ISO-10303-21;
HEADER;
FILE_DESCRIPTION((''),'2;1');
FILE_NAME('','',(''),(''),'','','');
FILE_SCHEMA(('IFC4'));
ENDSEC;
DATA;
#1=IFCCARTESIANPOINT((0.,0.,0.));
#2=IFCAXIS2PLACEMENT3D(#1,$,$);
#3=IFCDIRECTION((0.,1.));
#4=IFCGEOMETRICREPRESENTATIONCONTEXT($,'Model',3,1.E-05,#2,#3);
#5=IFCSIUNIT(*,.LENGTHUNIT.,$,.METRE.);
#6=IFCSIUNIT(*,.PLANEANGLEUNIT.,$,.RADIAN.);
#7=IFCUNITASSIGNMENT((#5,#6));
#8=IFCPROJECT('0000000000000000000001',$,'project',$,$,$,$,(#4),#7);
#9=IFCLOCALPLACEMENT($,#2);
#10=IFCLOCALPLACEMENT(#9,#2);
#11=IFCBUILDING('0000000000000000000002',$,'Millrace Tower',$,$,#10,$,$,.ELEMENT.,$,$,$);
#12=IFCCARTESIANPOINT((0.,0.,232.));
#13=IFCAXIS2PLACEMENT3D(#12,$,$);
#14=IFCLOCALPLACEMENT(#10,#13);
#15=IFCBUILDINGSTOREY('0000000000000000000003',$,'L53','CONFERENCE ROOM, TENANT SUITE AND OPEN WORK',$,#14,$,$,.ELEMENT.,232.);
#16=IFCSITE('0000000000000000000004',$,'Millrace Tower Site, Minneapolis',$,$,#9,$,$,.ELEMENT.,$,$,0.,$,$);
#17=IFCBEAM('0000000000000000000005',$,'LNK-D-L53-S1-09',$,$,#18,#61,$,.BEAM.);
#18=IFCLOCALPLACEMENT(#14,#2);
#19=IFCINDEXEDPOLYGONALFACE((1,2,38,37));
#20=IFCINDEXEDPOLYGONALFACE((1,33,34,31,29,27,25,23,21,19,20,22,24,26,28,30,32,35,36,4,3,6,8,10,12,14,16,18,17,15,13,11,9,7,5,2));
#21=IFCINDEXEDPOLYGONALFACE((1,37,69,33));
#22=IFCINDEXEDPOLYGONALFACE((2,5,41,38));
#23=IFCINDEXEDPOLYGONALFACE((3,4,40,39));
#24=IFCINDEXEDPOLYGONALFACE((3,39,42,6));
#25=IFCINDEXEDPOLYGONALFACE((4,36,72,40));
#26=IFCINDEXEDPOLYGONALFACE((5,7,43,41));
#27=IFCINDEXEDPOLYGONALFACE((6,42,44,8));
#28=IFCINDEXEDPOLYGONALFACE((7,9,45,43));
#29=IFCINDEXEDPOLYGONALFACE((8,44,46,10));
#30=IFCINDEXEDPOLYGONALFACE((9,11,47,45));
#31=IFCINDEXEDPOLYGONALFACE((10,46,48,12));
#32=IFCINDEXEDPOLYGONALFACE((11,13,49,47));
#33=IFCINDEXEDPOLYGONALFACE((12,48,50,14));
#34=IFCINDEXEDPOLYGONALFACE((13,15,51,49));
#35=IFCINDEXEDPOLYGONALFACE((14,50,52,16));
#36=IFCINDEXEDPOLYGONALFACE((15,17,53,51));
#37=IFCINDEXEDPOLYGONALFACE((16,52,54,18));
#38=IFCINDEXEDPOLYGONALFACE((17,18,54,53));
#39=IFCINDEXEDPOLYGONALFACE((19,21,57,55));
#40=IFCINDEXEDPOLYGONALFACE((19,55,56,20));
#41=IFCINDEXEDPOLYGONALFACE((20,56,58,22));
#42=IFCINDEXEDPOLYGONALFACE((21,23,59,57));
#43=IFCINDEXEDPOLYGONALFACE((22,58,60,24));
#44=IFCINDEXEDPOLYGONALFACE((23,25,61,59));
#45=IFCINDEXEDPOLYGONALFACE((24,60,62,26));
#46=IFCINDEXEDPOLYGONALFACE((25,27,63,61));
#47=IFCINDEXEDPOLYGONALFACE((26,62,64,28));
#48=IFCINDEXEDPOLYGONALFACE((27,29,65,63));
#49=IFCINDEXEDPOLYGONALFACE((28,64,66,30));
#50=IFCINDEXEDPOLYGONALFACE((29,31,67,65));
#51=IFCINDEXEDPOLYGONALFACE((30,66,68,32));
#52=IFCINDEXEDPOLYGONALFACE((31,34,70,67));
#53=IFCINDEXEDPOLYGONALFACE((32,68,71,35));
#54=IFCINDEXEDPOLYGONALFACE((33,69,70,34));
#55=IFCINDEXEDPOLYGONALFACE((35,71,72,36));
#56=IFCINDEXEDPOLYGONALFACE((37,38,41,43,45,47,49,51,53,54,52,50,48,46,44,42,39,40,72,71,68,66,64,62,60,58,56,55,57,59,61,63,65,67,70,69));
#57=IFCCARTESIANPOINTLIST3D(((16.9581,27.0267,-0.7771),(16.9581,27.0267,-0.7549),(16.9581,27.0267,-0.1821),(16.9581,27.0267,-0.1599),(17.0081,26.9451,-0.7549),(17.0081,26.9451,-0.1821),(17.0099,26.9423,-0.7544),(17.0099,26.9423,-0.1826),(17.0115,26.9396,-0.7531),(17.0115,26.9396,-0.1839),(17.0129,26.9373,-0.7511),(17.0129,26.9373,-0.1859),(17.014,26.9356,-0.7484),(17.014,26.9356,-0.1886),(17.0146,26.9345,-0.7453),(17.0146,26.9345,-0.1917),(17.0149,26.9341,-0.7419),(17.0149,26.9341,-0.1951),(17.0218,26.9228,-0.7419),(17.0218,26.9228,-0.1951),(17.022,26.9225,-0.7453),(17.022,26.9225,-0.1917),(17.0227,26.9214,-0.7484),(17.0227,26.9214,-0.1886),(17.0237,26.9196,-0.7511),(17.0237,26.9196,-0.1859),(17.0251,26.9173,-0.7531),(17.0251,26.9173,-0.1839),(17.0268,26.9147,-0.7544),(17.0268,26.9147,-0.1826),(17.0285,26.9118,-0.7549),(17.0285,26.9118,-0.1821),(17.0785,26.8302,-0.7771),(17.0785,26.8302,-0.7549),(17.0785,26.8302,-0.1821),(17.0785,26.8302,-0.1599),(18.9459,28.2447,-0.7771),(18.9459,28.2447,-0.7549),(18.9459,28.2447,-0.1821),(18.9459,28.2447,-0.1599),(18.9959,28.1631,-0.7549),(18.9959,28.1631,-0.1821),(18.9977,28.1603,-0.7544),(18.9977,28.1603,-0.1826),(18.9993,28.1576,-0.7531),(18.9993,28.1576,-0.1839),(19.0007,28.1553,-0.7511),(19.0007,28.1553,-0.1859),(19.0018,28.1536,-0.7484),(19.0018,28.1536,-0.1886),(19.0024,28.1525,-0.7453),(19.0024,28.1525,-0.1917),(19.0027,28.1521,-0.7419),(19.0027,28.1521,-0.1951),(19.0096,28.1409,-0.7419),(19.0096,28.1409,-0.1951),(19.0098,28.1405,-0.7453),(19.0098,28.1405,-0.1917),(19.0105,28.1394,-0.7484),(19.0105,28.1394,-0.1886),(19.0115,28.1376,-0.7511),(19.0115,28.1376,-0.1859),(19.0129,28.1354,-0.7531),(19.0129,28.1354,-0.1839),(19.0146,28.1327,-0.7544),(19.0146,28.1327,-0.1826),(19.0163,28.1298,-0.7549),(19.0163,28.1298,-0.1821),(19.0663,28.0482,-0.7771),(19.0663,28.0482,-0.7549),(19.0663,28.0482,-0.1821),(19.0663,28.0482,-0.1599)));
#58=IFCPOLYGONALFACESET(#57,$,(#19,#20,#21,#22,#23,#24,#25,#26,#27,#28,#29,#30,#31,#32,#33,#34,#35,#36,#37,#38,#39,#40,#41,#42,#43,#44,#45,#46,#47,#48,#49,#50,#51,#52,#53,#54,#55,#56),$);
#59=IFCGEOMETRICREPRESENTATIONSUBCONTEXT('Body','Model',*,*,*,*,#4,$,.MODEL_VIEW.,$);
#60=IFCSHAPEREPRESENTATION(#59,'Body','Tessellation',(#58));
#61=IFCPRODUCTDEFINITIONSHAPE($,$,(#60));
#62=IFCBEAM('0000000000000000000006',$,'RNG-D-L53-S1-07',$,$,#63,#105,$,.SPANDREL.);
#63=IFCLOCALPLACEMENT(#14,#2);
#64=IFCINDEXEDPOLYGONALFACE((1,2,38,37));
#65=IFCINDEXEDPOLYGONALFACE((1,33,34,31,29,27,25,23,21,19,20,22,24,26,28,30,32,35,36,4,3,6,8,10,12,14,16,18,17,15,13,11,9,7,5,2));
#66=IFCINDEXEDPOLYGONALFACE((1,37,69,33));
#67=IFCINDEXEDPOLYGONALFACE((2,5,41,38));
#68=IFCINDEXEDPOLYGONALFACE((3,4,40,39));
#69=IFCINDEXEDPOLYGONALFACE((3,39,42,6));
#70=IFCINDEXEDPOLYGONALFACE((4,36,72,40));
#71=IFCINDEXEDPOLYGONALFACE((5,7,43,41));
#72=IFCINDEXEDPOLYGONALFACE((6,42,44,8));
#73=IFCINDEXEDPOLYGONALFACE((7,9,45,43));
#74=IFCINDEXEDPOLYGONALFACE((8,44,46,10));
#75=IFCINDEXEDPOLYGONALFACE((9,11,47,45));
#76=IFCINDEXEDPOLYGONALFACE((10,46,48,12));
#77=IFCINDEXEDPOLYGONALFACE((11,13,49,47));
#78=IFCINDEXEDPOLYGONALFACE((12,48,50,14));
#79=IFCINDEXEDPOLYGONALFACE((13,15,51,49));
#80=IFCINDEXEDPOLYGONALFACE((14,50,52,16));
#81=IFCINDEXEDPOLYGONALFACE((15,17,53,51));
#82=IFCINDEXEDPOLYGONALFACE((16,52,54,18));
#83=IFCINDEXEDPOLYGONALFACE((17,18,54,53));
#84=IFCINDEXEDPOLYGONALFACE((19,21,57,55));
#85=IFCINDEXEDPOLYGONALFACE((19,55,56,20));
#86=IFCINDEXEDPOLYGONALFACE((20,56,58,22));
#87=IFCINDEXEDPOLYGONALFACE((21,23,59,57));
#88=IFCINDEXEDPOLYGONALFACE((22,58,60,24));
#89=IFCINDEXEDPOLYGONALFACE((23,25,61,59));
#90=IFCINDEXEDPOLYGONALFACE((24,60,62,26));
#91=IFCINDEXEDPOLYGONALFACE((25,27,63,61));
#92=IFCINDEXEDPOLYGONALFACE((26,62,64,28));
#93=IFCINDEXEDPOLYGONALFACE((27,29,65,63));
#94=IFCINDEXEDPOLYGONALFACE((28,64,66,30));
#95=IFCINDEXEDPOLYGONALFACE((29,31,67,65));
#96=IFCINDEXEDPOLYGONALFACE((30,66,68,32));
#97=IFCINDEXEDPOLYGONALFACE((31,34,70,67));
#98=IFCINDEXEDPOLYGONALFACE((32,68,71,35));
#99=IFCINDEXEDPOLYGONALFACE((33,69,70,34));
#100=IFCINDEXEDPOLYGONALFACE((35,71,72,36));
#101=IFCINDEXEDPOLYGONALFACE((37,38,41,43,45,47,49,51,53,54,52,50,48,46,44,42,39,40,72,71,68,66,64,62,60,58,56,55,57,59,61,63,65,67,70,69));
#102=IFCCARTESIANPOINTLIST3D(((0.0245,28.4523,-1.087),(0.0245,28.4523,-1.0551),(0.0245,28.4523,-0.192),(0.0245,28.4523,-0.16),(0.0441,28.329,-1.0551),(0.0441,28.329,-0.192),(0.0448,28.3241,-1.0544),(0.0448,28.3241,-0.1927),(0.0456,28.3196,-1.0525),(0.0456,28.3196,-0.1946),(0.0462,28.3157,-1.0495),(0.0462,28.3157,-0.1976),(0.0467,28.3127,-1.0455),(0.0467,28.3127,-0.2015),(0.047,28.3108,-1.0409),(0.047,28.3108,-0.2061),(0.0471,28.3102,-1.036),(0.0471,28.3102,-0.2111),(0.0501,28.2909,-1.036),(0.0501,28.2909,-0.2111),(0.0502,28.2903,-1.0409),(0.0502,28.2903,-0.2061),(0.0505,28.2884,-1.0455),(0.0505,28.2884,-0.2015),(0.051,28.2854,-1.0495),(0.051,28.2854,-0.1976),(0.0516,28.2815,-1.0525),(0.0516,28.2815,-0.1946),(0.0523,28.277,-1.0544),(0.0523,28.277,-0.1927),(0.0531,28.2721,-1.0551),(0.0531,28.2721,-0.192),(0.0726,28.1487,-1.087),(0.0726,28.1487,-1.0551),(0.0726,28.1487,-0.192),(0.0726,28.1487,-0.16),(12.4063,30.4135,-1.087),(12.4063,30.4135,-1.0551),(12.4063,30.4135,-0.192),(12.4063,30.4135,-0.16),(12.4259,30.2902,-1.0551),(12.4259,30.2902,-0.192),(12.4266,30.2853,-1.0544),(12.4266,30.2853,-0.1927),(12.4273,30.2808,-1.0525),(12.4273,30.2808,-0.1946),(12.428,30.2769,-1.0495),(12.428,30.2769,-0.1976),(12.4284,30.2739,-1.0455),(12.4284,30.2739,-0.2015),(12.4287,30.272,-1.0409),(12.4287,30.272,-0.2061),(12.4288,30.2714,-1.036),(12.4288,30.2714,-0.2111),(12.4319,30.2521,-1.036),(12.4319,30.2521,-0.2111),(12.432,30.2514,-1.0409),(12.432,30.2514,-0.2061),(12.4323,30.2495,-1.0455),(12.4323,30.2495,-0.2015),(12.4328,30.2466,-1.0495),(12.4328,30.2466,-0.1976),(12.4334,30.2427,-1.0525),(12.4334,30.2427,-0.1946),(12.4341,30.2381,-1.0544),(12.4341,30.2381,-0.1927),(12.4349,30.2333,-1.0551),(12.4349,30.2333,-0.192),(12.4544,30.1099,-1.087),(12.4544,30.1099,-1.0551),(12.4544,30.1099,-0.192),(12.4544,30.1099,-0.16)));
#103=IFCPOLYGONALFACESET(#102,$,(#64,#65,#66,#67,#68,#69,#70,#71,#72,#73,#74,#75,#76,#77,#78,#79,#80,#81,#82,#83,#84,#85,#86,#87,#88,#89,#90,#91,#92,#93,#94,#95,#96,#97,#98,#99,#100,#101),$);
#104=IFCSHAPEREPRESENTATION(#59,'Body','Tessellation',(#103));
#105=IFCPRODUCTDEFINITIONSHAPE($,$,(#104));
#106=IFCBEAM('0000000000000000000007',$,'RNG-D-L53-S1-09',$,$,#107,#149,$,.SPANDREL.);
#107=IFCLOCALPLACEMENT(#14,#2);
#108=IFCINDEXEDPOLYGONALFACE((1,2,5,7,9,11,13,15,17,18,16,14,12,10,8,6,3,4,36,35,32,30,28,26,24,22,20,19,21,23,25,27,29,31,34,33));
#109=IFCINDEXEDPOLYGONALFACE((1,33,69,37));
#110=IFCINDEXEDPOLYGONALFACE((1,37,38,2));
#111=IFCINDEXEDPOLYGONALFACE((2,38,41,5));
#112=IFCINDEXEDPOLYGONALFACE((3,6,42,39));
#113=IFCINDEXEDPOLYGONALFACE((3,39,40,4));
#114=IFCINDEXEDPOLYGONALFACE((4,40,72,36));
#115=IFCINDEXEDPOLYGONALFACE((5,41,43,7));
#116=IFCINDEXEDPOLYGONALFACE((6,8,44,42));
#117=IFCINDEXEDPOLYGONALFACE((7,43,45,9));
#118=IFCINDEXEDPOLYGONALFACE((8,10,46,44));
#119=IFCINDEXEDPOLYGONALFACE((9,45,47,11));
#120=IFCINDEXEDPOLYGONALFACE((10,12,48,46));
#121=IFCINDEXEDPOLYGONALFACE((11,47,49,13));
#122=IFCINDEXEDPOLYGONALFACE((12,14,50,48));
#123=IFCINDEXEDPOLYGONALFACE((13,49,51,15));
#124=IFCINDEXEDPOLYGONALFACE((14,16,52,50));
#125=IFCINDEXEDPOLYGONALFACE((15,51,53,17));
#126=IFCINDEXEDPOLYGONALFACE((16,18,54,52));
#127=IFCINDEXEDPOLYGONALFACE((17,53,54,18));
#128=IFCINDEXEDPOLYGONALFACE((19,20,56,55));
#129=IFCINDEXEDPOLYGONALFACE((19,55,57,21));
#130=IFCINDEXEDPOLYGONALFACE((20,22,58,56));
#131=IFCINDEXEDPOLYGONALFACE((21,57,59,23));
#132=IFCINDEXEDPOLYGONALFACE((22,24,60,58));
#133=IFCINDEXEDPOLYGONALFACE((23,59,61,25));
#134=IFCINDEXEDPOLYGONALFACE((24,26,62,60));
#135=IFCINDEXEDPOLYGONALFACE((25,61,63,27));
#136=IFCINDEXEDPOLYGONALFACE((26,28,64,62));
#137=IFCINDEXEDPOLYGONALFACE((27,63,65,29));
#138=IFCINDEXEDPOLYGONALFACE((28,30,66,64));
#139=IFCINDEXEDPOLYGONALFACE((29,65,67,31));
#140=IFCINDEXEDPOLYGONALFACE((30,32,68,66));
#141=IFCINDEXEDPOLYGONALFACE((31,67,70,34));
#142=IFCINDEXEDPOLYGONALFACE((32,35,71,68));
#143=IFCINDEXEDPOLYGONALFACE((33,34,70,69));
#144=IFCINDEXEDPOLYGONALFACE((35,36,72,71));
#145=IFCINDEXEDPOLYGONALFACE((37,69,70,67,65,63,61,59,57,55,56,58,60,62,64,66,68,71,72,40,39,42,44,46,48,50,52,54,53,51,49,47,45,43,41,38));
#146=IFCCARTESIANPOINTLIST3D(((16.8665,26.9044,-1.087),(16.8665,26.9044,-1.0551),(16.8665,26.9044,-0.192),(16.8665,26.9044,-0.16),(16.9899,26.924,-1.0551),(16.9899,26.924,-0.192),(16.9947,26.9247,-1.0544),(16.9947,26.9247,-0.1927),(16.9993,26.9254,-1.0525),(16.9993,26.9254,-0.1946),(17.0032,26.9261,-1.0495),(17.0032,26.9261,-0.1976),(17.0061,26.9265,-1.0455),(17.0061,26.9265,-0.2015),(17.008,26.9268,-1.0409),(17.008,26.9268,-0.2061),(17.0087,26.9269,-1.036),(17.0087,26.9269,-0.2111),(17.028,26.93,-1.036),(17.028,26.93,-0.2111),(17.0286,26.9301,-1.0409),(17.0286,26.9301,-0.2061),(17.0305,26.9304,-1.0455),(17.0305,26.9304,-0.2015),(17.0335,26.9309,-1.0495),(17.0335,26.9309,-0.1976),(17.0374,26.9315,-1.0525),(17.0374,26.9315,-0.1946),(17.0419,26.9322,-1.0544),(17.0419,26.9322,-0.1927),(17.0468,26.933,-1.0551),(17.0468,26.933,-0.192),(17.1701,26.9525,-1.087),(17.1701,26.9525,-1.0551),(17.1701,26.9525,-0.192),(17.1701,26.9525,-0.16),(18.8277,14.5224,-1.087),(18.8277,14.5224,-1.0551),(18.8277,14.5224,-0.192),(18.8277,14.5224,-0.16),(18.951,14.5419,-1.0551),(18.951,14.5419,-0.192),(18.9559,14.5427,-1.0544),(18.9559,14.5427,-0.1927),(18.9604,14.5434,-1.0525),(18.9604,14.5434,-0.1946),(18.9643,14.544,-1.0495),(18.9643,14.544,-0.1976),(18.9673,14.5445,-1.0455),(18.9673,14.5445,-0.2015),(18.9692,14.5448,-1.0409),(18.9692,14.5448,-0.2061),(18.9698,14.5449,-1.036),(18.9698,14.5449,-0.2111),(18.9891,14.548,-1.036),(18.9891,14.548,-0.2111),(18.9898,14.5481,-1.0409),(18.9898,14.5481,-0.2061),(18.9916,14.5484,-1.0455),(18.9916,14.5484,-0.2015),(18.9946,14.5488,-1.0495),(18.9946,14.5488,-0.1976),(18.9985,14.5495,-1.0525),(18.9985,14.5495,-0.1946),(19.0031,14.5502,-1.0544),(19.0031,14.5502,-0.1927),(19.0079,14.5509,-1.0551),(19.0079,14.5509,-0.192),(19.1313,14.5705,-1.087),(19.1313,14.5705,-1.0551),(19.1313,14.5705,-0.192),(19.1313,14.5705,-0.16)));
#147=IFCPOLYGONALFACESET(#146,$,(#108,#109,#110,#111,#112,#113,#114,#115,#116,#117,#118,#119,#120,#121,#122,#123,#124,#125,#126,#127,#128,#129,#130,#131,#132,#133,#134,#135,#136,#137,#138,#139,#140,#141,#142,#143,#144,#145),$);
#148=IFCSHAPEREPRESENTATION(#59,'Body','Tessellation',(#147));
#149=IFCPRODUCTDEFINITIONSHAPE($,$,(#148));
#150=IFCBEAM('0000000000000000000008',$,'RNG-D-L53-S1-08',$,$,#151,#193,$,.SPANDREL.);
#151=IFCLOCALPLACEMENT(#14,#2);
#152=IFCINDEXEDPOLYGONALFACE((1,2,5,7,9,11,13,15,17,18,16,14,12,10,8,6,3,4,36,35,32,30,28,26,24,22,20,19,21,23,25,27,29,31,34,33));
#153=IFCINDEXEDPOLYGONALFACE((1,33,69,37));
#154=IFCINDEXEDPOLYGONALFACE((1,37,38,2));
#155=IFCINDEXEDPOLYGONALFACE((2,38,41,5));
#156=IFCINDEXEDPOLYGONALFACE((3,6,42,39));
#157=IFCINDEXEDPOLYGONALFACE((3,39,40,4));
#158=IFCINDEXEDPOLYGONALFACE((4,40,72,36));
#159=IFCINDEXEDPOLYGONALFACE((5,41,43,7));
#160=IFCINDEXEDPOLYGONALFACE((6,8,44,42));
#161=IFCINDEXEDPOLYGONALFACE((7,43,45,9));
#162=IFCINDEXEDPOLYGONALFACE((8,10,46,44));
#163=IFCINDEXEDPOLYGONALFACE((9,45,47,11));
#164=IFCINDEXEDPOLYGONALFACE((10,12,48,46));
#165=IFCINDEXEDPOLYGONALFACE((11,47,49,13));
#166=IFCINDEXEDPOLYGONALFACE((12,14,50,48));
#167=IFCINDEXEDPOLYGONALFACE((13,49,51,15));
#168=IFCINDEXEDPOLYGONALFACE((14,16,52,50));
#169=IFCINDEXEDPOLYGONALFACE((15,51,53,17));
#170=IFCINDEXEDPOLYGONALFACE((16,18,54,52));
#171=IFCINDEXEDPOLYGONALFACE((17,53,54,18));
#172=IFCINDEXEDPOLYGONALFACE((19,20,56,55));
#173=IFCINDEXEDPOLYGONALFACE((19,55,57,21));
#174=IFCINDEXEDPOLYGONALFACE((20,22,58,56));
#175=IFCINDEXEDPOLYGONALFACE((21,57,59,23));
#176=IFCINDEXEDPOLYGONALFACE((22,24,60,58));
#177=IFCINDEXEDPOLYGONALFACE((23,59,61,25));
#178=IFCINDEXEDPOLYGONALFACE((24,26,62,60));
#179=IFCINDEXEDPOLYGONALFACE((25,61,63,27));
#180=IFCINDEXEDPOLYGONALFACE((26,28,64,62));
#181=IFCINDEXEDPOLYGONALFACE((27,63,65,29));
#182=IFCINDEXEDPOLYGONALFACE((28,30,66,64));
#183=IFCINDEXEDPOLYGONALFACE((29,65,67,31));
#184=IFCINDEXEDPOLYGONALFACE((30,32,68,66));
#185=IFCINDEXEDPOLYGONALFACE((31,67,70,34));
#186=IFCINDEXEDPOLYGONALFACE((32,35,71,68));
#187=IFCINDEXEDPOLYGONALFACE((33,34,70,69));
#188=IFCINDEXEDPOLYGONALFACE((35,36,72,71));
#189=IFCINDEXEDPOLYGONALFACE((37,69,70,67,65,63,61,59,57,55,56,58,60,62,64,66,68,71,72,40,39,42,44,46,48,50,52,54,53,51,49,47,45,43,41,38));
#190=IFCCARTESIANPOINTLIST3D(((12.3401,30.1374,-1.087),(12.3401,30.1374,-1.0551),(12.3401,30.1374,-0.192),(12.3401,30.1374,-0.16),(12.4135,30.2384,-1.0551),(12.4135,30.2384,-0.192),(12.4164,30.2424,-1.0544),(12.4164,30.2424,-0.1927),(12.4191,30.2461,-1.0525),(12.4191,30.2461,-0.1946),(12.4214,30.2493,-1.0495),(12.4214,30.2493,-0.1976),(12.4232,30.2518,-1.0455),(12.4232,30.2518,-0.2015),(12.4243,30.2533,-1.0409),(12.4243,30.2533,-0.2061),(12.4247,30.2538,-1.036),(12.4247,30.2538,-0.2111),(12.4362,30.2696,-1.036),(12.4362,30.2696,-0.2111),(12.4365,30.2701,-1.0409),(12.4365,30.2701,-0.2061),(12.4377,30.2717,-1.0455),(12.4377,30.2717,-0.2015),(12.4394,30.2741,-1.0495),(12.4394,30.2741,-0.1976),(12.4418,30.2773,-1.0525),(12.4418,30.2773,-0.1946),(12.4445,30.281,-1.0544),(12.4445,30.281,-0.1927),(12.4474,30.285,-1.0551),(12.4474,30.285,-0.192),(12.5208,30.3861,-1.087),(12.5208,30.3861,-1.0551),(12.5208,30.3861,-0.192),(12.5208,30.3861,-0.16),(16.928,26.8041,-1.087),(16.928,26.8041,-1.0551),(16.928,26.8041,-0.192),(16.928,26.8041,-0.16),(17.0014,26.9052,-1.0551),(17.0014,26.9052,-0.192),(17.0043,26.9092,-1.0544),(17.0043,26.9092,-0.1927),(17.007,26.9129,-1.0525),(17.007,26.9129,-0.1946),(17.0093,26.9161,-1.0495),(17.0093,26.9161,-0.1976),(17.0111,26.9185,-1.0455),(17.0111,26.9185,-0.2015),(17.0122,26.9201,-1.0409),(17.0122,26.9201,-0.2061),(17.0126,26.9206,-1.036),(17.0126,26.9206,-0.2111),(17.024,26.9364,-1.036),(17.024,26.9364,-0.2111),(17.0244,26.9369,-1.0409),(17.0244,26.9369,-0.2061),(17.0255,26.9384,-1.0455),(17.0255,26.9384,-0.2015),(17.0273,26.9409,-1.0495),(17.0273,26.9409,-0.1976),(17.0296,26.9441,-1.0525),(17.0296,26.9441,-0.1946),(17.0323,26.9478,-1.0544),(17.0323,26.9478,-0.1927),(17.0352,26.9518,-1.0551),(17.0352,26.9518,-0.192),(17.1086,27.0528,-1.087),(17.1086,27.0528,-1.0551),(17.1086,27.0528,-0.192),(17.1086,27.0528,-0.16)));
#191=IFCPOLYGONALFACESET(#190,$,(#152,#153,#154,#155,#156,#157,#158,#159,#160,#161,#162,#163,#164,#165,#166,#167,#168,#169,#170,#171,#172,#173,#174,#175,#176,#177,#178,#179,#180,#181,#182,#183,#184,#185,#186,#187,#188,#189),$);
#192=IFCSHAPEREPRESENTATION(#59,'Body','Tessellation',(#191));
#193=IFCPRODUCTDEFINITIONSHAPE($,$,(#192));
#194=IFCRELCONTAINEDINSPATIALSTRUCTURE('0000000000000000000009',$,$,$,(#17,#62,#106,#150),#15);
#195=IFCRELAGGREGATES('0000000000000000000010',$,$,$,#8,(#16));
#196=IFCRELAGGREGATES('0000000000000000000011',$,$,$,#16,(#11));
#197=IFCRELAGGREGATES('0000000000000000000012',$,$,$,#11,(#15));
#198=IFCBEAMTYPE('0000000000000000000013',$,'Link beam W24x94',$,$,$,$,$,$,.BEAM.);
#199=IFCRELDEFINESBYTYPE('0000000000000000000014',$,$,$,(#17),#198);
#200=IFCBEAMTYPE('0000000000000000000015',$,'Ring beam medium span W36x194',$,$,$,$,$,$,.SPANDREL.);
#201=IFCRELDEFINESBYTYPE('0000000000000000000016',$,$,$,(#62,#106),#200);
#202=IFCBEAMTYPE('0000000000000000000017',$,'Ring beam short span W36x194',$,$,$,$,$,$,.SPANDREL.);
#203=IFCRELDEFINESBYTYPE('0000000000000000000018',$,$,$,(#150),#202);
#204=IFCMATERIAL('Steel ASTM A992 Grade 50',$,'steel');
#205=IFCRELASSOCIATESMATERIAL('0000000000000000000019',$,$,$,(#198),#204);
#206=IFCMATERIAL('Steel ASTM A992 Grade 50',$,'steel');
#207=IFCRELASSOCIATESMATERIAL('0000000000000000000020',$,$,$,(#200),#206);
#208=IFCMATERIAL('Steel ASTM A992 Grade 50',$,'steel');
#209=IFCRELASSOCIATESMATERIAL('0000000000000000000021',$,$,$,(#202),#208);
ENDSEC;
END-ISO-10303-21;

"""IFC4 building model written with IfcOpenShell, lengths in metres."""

from ifc_helpers import new_model, si_unit, direction, frame, origin, origin_2d, place, context, subcontext, project, spatial, i_section, extrude, material, material_profile, profile_set, type_object, element, save


model = new_model("IFC4")

# Units and contexts
model_context = context("Model", 3, precision=1e-05, world=origin(), true_north=direction((0.0, 1.0)))
body_context = subcontext(model_context, "Body", "Model", "MODEL_VIEW")
ifc_project = project(units=[si_unit("LENGTHUNIT", "METRE"), si_unit("PLANEANGLEUNIT", "RADIAN")], contexts=[model_context])

# Site, building, storey
site_placement = place(None, origin())
site = spatial("IfcSite", under=ifc_project, at=site_placement, Name="Millrace Tower Site, Minneapolis", CompositionType="ELEMENT", RefElevation=0.0)
building_placement = place(site_placement, origin())
building = spatial("IfcBuilding", under=site, at=building_placement, Name="Millrace Tower", CompositionType="ELEMENT")
storey_placement = place(building_placement, frame((0.0, 0.0, 232.0)))
storey = spatial("IfcBuildingStorey", under=building, at=storey_placement, Name="L53", Description="CONFERENCE ROOM, TENANT SUITE AND OPEN WORK", CompositionType="ELEMENT", Elevation=232.0)

# Beams
ifc_material_1 = material(Name="Steel ASTM A992 Grade 50", Category="steel")
ifc_material_profile_1 = material_profile(ifc_material_1, i_section(OverallWidth=0.2305, OverallDepth=0.6172, WebThickness=0.0132, FlangeThickness=0.0222, FilletRadius=0.0129, at=origin_2d()))
ifc_profile_set_1 = profile_set([ifc_material_profile_1], Name="Steel ASTM A992 Grade 50")
beam_type_1 = type_object("IfcBeamType", Name="Link beam W24x94", PredefinedType="BEAM", material=ifc_profile_set_1)
beam_1_placement = place(storey_placement, frame((17.0183, 26.9285, -0.4685), z_axis=(0.85266, 0.522466, 0.0), x_axis=(-0.522466, 0.85266, 0.0)))
element("IfcBeam", 1, at=beam_1_placement, inside=storey, type_object=beam_type_1, Name="LNK-D-L53-S1-09", PredefinedType="BEAM", context=body_context, shape_type="SweptSolid", body=[
    extrude(i_section(OverallWidth=0.2305, OverallDepth=0.6172, WebThickness=0.0132, FlangeThickness=0.0222, FilletRadius=0.0129, at=origin_2d()), origin(), (0.0, 0.0, 1.0), 2.3313),
])
ifc_material_2 = material(Name="Steel ASTM A992 Grade 50", Category="steel")
ifc_material_profile_2 = material_profile(ifc_material_2, i_section(OverallWidth=0.3074, OverallDepth=0.927, WebThickness=0.0195, FlangeThickness=0.032, FilletRadius=0.019, at=origin_2d()))
ifc_profile_set_2 = profile_set([ifc_material_profile_2], Name="Steel ASTM A992 Grade 50")
beam_type_2 = type_object("IfcBeamType", Name="Ring beam medium span W36x194", PredefinedType="SPANDREL", material=ifc_profile_set_2)
beam_2_placement = place(storey_placement, frame((0.0486, 28.3005, -0.6235), z_axis=(0.987687, 0.156442, 0.0), x_axis=(-0.156442, 0.987687, 0.0)))
element("IfcBeam", 2, at=beam_2_placement, inside=storey, type_object=beam_type_2, Name="RNG-D-L53-S1-07", PredefinedType="SPANDREL", context=body_context, shape_type="SweptSolid", body=[
    extrude(i_section(OverallWidth=0.3074, OverallDepth=0.927, WebThickness=0.0195, FlangeThickness=0.032, FilletRadius=0.019, at=origin_2d()), origin(), (0.0, 0.0, 1.0), 12.5361),
])
beam_3_placement = place(storey_placement, frame((17.0183, 26.9285, -0.6235), z_axis=(0.156439, -0.987688, 0.0), x_axis=(0.987688, 0.156439, 0.0)))
element("IfcBeam", 3, at=beam_3_placement, inside=storey, type_object=beam_type_2, Name="RNG-D-L53-S1-09", PredefinedType="SPANDREL", context=body_context, shape_type="SweptSolid", body=[
    extrude(i_section(OverallWidth=0.3074, OverallDepth=0.927, WebThickness=0.0195, FlangeThickness=0.032, FilletRadius=0.019, at=origin_2d()), origin(), (0.0, 0.0, 1.0), 12.5364),
])
ifc_material_3 = material(Name="Steel ASTM A992 Grade 50", Category="steel")
ifc_material_profile_3 = material_profile(ifc_material_3, i_section(OverallWidth=0.3074, OverallDepth=0.927, WebThickness=0.0195, FlangeThickness=0.032, FilletRadius=0.019, at=origin_2d()))
ifc_profile_set_3 = profile_set([ifc_material_profile_3], Name="Steel ASTM A992 Grade 50")
beam_type_3 = type_object("IfcBeamType", Name="Ring beam short span W36x194", PredefinedType="SPANDREL", material=ifc_profile_set_3)
beam_4_placement = place(storey_placement, frame((12.4304, 30.2617, -0.6235), z_axis=(0.809021, -0.58778, 0.0), x_axis=(0.58778, 0.809021, 0.0)))
element("IfcBeam", 4, at=beam_4_placement, inside=storey, type_object=beam_type_3, Name="RNG-D-L53-S1-08", PredefinedType="SPANDREL", context=body_context, shape_type="SweptSolid", body=[
    extrude(i_section(OverallWidth=0.3074, OverallDepth=0.927, WebThickness=0.0195, FlangeThickness=0.032, FilletRadius=0.019, at=origin_2d()), origin(), (0.0, 0.0, 1.0), 5.6709),
])

save(model, "model.ifc")
